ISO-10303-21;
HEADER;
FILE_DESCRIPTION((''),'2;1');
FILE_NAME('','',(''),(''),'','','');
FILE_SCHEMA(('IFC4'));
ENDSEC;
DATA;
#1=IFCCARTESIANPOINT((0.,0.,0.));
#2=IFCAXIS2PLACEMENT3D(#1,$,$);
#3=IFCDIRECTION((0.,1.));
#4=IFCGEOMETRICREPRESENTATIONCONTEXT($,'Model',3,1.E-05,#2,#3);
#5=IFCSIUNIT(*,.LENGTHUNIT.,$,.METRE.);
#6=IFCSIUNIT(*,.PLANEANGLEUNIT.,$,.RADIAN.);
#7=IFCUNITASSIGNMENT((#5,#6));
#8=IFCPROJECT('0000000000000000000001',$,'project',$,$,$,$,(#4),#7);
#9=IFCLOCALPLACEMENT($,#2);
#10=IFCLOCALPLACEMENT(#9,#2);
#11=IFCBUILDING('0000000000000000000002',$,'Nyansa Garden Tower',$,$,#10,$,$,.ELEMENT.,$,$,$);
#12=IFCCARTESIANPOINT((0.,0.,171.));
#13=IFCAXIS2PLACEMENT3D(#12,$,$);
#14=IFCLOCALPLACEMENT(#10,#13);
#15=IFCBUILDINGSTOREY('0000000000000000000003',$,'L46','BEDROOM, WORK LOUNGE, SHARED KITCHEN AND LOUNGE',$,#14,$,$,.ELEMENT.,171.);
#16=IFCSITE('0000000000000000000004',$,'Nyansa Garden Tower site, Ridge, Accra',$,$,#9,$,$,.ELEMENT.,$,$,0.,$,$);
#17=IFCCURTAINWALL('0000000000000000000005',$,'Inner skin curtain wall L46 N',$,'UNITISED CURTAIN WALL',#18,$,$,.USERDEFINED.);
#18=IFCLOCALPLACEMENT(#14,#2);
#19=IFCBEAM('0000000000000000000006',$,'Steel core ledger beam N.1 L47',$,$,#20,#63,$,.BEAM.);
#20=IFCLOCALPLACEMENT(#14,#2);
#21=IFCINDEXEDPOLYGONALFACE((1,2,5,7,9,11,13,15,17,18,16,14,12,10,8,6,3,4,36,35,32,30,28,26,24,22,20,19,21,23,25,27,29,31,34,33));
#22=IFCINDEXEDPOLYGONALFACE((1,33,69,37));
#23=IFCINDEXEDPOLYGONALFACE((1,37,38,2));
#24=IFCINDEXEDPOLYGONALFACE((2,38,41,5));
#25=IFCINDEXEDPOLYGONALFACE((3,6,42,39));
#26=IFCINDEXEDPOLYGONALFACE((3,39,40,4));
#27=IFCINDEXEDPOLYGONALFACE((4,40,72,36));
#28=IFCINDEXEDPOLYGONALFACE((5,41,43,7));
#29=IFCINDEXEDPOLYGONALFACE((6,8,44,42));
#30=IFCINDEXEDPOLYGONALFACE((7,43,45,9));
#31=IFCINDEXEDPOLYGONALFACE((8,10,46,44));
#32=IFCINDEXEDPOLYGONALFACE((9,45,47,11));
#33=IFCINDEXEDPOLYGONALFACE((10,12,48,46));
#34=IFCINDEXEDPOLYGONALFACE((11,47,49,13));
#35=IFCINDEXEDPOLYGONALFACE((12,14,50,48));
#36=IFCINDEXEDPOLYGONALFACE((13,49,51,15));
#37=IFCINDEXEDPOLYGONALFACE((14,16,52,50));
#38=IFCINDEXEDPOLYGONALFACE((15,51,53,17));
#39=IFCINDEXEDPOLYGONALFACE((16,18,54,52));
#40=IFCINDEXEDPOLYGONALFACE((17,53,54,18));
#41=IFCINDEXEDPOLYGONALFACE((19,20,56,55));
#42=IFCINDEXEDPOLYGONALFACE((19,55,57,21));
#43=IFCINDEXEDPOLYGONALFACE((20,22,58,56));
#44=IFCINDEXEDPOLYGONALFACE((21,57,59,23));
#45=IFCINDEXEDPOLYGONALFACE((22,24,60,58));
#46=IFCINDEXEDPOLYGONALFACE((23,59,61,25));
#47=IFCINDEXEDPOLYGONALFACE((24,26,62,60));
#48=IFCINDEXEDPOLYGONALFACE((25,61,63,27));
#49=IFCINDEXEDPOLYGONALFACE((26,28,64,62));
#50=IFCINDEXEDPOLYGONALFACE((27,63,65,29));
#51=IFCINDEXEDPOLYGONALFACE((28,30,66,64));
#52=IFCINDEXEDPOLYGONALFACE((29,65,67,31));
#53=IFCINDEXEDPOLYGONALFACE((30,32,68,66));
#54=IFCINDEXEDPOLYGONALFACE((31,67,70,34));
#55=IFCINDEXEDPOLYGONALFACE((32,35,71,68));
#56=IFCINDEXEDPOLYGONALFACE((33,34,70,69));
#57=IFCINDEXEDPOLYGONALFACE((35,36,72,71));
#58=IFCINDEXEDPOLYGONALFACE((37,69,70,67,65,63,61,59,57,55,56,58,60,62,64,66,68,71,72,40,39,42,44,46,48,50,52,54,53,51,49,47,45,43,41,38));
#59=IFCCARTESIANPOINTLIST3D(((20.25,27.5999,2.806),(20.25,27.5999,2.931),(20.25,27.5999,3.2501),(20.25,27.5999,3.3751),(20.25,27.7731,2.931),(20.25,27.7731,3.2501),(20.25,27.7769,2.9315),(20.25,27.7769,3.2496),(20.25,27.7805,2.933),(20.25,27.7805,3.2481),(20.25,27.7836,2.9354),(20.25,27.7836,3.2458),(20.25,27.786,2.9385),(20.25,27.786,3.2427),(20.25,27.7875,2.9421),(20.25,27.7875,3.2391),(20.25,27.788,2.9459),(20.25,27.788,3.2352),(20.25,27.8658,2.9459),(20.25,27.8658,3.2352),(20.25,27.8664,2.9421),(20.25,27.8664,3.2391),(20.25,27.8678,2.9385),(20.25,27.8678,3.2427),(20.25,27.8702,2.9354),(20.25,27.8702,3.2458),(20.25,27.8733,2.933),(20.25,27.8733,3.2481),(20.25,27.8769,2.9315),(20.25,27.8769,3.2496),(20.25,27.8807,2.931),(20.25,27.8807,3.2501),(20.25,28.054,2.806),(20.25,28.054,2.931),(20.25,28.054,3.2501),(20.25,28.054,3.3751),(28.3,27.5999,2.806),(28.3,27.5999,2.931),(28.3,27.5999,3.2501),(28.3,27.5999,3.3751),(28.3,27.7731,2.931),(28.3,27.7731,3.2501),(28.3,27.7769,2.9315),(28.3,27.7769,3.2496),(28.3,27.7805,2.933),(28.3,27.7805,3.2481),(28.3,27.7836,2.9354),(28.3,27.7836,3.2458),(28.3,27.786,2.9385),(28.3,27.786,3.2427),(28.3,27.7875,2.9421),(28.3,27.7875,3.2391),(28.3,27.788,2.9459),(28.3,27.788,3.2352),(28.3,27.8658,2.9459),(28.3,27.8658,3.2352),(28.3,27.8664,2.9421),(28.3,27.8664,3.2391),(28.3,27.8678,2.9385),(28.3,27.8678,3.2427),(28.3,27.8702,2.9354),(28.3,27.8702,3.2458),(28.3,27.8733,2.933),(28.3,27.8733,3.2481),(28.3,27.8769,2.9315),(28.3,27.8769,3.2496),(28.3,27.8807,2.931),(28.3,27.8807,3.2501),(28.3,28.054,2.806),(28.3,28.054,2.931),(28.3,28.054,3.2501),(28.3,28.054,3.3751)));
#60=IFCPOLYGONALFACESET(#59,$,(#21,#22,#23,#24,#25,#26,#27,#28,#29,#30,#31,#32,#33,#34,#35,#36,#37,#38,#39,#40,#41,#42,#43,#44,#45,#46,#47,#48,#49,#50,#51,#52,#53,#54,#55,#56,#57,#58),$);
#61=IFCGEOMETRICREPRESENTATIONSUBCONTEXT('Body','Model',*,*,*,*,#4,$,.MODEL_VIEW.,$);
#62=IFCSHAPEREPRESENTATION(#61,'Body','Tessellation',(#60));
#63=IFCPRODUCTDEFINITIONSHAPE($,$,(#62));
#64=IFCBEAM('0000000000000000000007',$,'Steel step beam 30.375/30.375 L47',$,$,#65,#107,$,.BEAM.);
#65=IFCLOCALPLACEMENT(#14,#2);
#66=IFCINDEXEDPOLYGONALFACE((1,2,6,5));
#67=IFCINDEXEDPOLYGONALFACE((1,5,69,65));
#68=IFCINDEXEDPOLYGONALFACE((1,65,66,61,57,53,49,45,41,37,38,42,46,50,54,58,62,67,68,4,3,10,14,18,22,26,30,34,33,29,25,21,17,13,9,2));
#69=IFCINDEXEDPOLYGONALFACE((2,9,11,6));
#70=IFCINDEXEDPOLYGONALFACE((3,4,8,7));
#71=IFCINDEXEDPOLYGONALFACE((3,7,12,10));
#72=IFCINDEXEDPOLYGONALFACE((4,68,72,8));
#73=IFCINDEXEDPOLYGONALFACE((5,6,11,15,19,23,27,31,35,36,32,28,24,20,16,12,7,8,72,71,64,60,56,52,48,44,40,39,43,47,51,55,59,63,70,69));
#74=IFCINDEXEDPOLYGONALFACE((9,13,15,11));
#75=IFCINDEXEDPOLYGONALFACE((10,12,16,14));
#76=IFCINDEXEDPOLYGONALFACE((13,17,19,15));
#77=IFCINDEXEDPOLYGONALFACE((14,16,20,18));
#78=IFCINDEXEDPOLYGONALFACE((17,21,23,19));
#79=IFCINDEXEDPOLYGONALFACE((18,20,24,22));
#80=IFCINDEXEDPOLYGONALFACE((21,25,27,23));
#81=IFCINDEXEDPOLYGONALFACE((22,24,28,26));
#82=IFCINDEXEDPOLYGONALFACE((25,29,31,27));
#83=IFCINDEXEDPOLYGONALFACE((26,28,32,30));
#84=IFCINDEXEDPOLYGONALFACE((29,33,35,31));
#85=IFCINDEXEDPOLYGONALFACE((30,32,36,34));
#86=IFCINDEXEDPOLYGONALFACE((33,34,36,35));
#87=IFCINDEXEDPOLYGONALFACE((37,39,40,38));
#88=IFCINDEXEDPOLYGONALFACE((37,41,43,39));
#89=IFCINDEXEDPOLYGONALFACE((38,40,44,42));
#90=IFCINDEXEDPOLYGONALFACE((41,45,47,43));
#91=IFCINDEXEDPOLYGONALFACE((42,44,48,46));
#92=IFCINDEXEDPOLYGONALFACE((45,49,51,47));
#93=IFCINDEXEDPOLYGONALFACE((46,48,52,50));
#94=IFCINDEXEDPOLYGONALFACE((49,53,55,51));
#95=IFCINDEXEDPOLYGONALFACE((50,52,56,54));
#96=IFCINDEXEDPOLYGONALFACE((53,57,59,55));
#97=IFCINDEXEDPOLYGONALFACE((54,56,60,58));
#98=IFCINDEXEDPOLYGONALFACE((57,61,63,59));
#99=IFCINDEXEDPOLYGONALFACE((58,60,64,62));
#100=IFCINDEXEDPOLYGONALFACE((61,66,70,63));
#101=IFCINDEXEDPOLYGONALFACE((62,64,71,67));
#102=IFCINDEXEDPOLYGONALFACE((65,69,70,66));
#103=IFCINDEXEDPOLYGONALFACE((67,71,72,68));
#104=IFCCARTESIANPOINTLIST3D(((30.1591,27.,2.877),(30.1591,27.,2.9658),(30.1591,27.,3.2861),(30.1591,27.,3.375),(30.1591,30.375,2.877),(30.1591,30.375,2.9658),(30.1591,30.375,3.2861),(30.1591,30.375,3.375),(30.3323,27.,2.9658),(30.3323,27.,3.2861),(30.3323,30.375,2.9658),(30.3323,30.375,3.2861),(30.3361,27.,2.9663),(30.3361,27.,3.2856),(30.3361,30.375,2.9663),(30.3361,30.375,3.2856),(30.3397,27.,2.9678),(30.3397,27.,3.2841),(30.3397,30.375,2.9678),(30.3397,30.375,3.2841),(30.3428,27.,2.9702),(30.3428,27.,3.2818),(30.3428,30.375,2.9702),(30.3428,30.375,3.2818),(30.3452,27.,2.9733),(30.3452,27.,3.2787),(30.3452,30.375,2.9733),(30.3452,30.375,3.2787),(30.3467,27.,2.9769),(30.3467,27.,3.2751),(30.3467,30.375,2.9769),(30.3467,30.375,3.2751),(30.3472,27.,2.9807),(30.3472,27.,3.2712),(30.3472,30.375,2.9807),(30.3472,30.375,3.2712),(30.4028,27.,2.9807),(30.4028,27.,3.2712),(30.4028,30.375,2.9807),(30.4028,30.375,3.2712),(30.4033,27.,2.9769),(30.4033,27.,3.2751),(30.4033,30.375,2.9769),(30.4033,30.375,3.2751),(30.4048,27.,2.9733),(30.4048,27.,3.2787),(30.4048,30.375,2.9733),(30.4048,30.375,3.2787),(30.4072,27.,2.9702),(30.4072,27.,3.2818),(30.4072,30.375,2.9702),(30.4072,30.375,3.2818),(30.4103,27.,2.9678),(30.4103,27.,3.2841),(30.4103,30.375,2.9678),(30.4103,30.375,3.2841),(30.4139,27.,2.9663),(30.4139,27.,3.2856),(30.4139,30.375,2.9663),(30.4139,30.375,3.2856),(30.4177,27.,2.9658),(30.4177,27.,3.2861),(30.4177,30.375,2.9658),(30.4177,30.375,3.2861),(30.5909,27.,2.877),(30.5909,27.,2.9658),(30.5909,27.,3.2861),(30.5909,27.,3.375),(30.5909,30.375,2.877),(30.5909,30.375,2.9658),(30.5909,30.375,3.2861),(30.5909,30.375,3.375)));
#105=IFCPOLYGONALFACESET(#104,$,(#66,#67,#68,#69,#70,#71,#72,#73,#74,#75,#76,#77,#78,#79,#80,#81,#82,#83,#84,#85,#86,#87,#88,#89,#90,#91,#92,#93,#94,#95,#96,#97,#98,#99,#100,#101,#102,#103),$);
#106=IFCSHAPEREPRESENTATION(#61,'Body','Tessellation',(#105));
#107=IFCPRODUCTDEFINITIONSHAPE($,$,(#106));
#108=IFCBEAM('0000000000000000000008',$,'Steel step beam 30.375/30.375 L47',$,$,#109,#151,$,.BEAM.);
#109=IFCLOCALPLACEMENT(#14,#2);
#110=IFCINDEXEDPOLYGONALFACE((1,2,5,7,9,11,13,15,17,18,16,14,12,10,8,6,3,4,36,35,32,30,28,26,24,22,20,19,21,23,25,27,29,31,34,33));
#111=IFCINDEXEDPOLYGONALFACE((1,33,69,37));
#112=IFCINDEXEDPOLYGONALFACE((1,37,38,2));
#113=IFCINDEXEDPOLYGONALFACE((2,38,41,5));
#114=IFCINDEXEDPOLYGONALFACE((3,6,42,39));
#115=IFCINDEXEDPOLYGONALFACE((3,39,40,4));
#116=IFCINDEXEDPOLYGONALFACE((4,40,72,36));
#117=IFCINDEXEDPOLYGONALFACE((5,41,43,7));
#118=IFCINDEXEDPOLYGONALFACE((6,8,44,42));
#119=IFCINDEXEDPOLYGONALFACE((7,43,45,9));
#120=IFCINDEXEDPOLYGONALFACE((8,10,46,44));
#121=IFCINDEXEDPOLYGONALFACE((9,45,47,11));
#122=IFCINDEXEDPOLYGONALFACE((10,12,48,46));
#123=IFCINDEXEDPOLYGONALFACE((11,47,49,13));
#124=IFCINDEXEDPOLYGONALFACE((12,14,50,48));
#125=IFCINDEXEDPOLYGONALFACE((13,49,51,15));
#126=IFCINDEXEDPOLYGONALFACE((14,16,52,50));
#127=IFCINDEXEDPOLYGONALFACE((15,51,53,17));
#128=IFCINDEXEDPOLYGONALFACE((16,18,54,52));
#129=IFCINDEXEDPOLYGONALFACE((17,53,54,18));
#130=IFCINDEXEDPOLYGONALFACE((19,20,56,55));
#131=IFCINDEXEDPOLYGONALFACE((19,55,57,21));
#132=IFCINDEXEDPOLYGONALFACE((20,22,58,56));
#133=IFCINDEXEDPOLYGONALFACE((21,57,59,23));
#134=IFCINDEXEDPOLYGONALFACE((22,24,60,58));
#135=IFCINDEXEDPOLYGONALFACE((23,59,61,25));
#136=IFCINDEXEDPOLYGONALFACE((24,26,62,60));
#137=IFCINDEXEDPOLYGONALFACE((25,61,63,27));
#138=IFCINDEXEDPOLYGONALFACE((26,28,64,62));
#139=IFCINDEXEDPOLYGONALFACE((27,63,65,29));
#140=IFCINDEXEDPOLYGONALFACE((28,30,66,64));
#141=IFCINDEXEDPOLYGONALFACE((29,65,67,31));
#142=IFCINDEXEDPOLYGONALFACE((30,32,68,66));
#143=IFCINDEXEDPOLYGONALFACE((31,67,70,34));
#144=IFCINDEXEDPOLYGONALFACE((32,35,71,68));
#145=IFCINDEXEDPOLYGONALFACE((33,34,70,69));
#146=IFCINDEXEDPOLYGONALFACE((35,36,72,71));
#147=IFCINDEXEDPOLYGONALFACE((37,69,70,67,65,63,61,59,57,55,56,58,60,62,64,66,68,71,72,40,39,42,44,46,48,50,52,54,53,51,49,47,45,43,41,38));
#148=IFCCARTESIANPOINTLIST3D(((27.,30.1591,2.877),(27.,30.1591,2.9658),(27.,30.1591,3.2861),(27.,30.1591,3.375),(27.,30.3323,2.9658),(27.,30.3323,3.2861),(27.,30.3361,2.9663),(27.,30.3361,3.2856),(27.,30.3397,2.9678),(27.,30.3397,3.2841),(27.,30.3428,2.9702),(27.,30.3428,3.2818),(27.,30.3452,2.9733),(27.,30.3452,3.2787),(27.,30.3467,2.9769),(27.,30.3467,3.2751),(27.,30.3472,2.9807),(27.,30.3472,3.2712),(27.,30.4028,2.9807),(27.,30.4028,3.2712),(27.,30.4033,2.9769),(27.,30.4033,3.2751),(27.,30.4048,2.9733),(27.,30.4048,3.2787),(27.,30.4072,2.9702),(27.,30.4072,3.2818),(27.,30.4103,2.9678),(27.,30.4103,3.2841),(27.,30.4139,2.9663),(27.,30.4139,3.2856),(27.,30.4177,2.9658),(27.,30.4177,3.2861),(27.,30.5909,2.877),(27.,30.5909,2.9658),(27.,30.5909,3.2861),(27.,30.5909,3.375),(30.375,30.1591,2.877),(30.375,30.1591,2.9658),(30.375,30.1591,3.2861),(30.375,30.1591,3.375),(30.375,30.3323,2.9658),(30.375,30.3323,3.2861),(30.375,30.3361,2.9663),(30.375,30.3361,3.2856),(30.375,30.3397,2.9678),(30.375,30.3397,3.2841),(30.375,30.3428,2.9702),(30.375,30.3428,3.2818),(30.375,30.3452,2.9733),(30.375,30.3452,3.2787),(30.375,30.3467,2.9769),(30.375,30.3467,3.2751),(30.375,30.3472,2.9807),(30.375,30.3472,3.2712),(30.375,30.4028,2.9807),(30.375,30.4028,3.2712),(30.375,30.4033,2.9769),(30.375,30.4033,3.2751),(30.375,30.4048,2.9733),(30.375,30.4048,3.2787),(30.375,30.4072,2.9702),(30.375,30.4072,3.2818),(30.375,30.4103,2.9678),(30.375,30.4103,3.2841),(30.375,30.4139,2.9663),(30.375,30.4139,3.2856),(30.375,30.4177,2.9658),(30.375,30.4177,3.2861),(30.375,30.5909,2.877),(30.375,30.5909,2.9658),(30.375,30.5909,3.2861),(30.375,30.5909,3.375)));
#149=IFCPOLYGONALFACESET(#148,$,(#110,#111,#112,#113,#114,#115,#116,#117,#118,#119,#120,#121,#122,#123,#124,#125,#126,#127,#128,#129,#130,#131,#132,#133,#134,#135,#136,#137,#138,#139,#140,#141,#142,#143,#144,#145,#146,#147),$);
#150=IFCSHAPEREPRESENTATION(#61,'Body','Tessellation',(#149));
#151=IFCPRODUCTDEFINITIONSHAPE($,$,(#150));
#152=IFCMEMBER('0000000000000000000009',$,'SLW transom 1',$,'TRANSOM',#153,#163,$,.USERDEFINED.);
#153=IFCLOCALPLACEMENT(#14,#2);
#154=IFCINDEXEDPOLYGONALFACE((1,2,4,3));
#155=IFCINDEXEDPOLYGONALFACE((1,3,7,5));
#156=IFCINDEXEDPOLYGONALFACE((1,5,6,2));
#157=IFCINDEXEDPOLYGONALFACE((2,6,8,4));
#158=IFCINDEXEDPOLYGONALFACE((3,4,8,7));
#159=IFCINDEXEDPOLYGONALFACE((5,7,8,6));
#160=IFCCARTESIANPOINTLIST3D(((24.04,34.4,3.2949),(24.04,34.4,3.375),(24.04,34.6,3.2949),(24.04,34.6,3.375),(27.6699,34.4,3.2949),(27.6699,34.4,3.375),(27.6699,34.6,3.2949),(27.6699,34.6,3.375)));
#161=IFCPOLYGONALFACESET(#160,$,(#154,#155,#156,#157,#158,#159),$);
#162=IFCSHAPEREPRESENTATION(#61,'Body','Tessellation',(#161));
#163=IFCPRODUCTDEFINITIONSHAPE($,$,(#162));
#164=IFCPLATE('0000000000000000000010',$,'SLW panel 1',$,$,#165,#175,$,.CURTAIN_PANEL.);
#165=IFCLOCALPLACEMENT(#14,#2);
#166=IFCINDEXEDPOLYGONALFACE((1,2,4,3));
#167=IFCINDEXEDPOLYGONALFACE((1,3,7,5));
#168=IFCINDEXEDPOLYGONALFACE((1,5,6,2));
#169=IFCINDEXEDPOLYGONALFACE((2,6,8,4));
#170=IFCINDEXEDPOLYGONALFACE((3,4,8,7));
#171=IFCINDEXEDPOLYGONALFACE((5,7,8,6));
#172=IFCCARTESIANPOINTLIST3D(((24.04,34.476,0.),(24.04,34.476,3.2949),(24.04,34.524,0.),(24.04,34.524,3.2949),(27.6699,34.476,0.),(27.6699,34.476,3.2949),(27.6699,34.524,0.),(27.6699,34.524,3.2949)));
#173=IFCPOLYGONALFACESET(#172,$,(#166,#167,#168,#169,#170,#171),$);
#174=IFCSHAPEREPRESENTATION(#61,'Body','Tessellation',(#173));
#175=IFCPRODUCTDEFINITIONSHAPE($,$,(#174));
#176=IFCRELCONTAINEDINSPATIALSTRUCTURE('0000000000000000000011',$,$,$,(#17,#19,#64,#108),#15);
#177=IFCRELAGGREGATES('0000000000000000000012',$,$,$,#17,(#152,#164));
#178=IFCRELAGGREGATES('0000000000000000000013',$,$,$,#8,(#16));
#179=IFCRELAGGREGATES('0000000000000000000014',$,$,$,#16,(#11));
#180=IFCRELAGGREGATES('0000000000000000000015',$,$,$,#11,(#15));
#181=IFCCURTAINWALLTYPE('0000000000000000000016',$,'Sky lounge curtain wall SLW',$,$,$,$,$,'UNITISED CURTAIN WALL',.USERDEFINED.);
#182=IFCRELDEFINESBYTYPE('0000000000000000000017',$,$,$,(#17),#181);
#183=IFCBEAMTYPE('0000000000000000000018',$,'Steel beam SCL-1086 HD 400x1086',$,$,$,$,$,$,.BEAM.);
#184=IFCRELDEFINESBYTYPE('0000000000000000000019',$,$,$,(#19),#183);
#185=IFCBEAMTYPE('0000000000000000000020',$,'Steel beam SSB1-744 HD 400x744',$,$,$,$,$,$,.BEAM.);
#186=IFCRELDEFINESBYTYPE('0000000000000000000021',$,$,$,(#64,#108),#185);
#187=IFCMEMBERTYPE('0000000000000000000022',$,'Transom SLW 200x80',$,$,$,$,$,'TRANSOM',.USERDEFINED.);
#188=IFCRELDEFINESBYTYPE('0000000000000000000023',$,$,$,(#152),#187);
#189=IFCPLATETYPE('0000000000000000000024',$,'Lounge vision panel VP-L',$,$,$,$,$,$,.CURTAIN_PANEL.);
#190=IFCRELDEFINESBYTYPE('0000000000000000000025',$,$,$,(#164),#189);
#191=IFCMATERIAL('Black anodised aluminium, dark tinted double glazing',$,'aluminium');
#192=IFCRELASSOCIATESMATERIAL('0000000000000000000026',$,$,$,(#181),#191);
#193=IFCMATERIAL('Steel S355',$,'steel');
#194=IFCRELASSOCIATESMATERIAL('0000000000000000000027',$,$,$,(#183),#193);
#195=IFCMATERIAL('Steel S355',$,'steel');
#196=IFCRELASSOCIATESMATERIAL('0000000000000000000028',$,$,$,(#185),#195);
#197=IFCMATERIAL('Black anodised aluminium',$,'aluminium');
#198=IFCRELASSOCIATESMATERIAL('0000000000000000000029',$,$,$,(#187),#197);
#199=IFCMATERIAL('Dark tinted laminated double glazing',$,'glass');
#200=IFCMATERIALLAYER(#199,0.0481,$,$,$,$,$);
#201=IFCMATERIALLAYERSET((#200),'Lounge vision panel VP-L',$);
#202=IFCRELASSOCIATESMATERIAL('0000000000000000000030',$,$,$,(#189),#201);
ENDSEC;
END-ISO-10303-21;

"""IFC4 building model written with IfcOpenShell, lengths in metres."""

from ifc_helpers import new_model, si_unit, direction, frame, origin, origin_2d, place, context, subcontext, project, spatial, rectangle, i_section, extrude, material, layer, layer_set, material_profile, profile_set, type_object, element, aggregate, save


model = new_model("IFC4")

# Units and contexts
model_context = context("Model", 3, precision=1e-05, world=origin(), true_north=direction((0.0, 1.0)))
body_context = subcontext(model_context, "Body", "Model", "MODEL_VIEW")
ifc_project = project(units=[si_unit("LENGTHUNIT", "METRE"), si_unit("PLANEANGLEUNIT", "RADIAN")], contexts=[model_context])

# Site, building, storey
site_placement = place(None, origin())
site = spatial("IfcSite", under=ifc_project, at=site_placement, Name="Nyansa Garden Tower site, Ridge, Accra", CompositionType="ELEMENT", RefElevation=0.0)
building_placement = place(site_placement, origin())
building = spatial("IfcBuilding", under=site, at=building_placement, Name="Nyansa Garden Tower", CompositionType="ELEMENT")
storey_placement = place(building_placement, frame((0.0, 0.0, 171.0)))
storey = spatial("IfcBuildingStorey", under=building, at=storey_placement, Name="L46", Description="BEDROOM, WORK LOUNGE, SHARED KITCHEN AND LOUNGE", CompositionType="ELEMENT", Elevation=171.0)

# Curtain wall
ifc_material_1 = material(Name="Black anodised aluminium, dark tinted double glazing", Category="aluminium")
curtain_wall_type = type_object("IfcCurtainWallType", Name="Sky lounge curtain wall SLW", ElementType="UNITISED CURTAIN WALL", PredefinedType="USERDEFINED", material=ifc_material_1)
curtain_wall_1_placement = place(storey_placement, origin())
curtain_wall_1 = element("IfcCurtainWall", 1, at=curtain_wall_1_placement, inside=storey, type_object=curtain_wall_type, Name="Inner skin curtain wall L46 N", ObjectType="UNITISED CURTAIN WALL", PredefinedType="USERDEFINED")

# Beams
ifc_material_2 = material(Name="Steel S355", Category="steel")
ifc_material_profile_1 = material_profile(ifc_material_2, i_section(OverallWidth=0.4541, OverallDepth=0.5691, WebThickness=0.0779, FlangeThickness=0.125, FilletRadius=0.0149, at=origin_2d()), Name="HD 400x1086")
ifc_profile_set_1 = profile_set([ifc_material_profile_1], Name="Steel S355")
beam_type_1 = type_object("IfcBeamType", Name="Steel beam SCL-1086 HD 400x1086", PredefinedType="BEAM", material=ifc_profile_set_1)
beam_1_placement = place(storey_placement, frame((28.3, 27.8269, 3.0906), z_axis=(-1.0, 0.0, 0.0), x_axis=(0.0, -1.0, 0.0)))
element("IfcBeam", 2, at=beam_1_placement, inside=storey, type_object=beam_type_1, Name="Steel core ledger beam N.1 L47", PredefinedType="BEAM", context=body_context, shape_type="SweptSolid", body=[
    extrude(i_section(OverallWidth=0.4541, OverallDepth=0.5691, WebThickness=0.0779, FlangeThickness=0.125, FilletRadius=0.0149, at=origin_2d()), origin(), (0.0, 0.0, 1.0), 8.05),
])
ifc_material_3 = material(Name="Steel S355", Category="steel")
ifc_material_profile_2 = material_profile(ifc_material_3, i_section(OverallWidth=0.4319, OverallDepth=0.498, WebThickness=0.0557, FlangeThickness=0.0889, FilletRadius=0.0149, at=origin_2d()), Name="HD 400x744")
ifc_profile_set_2 = profile_set([ifc_material_profile_2], Name="Steel S355")
beam_type_2 = type_object("IfcBeamType", Name="Steel beam SSB1-744 HD 400x744", PredefinedType="BEAM", material=ifc_profile_set_2)
for number, where, z_axis, x_axis, name in (
    (3, (30.375, 30.375, 3.126), (0.0, -1.0, 0.0), (1.0, 0.0, 0.0), "Steel step beam 30.375/30.375 L47"),
    (4, (30.375, 30.375, 3.126), (-1.0, 0.0, 0.0), (0.0, -1.0, 0.0), "Steel step beam 30.375/30.375 L47"),
):
    element("IfcBeam", number, at=place(storey_placement, frame(where, z_axis=z_axis, x_axis=x_axis)), inside=storey, type_object=beam_type_2, Name=name, PredefinedType="BEAM", context=body_context, shape_type="SweptSolid", body=[
        extrude(i_section(OverallWidth=0.4319, OverallDepth=0.498, WebThickness=0.0557, FlangeThickness=0.0889, FilletRadius=0.0149, at=origin_2d()), origin(), (0.0, 0.0, 1.0), 3.375),
    ])

# Member
ifc_material_4 = material(Name="Black anodised aluminium", Category="aluminium")
ifc_material_profile_3 = material_profile(ifc_material_4, rectangle(XDim=0.2, YDim=0.0801, at=origin_2d()), Name="Transom 200x80")
ifc_profile_set_3 = profile_set([ifc_material_profile_3], Name="Black anodised aluminium")
member_type_1 = type_object("IfcMemberType", Name="Transom SLW 200x80", ElementType="TRANSOM", PredefinedType="USERDEFINED", material=ifc_profile_set_3)
member_1_placement = place(storey_placement, frame((27.6699, 34.5, 3.335), z_axis=(-1.0, 0.0, 0.0), x_axis=(0.0, -1.0, 0.0)))
member_1 = element("IfcMember", 5, at=member_1_placement, type_object=member_type_1, Name="SLW transom 1", ObjectType="TRANSOM", PredefinedType="USERDEFINED", context=body_context, shape_type="SweptSolid", body=[
    extrude(rectangle(XDim=0.2, YDim=0.0801, at=origin_2d()), origin(), (0.0, 0.0, 1.0), 3.6299),
])

# Plate
ifc_material_5 = material(Name="Dark tinted laminated double glazing", Category="glass")
ifc_layer_1 = layer(ifc_material_5, 0.0481)
ifc_layer_set_1 = layer_set([ifc_layer_1], Name="Lounge vision panel VP-L")
plate_type = type_object("IfcPlateType", Name="Lounge vision panel VP-L", PredefinedType="CURTAIN_PANEL", material=ifc_layer_set_1)
plate_placement = place(storey_placement, frame((25.855, 34.5, 0.0), z_axis=(0.0, 0.0, 1.0), x_axis=(-1.0, 0.0, 0.0)))
plate = element("IfcPlate", 6, at=plate_placement, type_object=plate_type, Name="SLW panel 1", PredefinedType="CURTAIN_PANEL", context=body_context, shape_type="SweptSolid", body=[
    extrude(rectangle(XDim=3.6299, YDim=0.0481, at=origin_2d()), origin(), (0.0, 0.0, 1.0), 3.2949),
])
aggregate(curtain_wall_1, [member_1, plate])

save(model, "model.ifc")
